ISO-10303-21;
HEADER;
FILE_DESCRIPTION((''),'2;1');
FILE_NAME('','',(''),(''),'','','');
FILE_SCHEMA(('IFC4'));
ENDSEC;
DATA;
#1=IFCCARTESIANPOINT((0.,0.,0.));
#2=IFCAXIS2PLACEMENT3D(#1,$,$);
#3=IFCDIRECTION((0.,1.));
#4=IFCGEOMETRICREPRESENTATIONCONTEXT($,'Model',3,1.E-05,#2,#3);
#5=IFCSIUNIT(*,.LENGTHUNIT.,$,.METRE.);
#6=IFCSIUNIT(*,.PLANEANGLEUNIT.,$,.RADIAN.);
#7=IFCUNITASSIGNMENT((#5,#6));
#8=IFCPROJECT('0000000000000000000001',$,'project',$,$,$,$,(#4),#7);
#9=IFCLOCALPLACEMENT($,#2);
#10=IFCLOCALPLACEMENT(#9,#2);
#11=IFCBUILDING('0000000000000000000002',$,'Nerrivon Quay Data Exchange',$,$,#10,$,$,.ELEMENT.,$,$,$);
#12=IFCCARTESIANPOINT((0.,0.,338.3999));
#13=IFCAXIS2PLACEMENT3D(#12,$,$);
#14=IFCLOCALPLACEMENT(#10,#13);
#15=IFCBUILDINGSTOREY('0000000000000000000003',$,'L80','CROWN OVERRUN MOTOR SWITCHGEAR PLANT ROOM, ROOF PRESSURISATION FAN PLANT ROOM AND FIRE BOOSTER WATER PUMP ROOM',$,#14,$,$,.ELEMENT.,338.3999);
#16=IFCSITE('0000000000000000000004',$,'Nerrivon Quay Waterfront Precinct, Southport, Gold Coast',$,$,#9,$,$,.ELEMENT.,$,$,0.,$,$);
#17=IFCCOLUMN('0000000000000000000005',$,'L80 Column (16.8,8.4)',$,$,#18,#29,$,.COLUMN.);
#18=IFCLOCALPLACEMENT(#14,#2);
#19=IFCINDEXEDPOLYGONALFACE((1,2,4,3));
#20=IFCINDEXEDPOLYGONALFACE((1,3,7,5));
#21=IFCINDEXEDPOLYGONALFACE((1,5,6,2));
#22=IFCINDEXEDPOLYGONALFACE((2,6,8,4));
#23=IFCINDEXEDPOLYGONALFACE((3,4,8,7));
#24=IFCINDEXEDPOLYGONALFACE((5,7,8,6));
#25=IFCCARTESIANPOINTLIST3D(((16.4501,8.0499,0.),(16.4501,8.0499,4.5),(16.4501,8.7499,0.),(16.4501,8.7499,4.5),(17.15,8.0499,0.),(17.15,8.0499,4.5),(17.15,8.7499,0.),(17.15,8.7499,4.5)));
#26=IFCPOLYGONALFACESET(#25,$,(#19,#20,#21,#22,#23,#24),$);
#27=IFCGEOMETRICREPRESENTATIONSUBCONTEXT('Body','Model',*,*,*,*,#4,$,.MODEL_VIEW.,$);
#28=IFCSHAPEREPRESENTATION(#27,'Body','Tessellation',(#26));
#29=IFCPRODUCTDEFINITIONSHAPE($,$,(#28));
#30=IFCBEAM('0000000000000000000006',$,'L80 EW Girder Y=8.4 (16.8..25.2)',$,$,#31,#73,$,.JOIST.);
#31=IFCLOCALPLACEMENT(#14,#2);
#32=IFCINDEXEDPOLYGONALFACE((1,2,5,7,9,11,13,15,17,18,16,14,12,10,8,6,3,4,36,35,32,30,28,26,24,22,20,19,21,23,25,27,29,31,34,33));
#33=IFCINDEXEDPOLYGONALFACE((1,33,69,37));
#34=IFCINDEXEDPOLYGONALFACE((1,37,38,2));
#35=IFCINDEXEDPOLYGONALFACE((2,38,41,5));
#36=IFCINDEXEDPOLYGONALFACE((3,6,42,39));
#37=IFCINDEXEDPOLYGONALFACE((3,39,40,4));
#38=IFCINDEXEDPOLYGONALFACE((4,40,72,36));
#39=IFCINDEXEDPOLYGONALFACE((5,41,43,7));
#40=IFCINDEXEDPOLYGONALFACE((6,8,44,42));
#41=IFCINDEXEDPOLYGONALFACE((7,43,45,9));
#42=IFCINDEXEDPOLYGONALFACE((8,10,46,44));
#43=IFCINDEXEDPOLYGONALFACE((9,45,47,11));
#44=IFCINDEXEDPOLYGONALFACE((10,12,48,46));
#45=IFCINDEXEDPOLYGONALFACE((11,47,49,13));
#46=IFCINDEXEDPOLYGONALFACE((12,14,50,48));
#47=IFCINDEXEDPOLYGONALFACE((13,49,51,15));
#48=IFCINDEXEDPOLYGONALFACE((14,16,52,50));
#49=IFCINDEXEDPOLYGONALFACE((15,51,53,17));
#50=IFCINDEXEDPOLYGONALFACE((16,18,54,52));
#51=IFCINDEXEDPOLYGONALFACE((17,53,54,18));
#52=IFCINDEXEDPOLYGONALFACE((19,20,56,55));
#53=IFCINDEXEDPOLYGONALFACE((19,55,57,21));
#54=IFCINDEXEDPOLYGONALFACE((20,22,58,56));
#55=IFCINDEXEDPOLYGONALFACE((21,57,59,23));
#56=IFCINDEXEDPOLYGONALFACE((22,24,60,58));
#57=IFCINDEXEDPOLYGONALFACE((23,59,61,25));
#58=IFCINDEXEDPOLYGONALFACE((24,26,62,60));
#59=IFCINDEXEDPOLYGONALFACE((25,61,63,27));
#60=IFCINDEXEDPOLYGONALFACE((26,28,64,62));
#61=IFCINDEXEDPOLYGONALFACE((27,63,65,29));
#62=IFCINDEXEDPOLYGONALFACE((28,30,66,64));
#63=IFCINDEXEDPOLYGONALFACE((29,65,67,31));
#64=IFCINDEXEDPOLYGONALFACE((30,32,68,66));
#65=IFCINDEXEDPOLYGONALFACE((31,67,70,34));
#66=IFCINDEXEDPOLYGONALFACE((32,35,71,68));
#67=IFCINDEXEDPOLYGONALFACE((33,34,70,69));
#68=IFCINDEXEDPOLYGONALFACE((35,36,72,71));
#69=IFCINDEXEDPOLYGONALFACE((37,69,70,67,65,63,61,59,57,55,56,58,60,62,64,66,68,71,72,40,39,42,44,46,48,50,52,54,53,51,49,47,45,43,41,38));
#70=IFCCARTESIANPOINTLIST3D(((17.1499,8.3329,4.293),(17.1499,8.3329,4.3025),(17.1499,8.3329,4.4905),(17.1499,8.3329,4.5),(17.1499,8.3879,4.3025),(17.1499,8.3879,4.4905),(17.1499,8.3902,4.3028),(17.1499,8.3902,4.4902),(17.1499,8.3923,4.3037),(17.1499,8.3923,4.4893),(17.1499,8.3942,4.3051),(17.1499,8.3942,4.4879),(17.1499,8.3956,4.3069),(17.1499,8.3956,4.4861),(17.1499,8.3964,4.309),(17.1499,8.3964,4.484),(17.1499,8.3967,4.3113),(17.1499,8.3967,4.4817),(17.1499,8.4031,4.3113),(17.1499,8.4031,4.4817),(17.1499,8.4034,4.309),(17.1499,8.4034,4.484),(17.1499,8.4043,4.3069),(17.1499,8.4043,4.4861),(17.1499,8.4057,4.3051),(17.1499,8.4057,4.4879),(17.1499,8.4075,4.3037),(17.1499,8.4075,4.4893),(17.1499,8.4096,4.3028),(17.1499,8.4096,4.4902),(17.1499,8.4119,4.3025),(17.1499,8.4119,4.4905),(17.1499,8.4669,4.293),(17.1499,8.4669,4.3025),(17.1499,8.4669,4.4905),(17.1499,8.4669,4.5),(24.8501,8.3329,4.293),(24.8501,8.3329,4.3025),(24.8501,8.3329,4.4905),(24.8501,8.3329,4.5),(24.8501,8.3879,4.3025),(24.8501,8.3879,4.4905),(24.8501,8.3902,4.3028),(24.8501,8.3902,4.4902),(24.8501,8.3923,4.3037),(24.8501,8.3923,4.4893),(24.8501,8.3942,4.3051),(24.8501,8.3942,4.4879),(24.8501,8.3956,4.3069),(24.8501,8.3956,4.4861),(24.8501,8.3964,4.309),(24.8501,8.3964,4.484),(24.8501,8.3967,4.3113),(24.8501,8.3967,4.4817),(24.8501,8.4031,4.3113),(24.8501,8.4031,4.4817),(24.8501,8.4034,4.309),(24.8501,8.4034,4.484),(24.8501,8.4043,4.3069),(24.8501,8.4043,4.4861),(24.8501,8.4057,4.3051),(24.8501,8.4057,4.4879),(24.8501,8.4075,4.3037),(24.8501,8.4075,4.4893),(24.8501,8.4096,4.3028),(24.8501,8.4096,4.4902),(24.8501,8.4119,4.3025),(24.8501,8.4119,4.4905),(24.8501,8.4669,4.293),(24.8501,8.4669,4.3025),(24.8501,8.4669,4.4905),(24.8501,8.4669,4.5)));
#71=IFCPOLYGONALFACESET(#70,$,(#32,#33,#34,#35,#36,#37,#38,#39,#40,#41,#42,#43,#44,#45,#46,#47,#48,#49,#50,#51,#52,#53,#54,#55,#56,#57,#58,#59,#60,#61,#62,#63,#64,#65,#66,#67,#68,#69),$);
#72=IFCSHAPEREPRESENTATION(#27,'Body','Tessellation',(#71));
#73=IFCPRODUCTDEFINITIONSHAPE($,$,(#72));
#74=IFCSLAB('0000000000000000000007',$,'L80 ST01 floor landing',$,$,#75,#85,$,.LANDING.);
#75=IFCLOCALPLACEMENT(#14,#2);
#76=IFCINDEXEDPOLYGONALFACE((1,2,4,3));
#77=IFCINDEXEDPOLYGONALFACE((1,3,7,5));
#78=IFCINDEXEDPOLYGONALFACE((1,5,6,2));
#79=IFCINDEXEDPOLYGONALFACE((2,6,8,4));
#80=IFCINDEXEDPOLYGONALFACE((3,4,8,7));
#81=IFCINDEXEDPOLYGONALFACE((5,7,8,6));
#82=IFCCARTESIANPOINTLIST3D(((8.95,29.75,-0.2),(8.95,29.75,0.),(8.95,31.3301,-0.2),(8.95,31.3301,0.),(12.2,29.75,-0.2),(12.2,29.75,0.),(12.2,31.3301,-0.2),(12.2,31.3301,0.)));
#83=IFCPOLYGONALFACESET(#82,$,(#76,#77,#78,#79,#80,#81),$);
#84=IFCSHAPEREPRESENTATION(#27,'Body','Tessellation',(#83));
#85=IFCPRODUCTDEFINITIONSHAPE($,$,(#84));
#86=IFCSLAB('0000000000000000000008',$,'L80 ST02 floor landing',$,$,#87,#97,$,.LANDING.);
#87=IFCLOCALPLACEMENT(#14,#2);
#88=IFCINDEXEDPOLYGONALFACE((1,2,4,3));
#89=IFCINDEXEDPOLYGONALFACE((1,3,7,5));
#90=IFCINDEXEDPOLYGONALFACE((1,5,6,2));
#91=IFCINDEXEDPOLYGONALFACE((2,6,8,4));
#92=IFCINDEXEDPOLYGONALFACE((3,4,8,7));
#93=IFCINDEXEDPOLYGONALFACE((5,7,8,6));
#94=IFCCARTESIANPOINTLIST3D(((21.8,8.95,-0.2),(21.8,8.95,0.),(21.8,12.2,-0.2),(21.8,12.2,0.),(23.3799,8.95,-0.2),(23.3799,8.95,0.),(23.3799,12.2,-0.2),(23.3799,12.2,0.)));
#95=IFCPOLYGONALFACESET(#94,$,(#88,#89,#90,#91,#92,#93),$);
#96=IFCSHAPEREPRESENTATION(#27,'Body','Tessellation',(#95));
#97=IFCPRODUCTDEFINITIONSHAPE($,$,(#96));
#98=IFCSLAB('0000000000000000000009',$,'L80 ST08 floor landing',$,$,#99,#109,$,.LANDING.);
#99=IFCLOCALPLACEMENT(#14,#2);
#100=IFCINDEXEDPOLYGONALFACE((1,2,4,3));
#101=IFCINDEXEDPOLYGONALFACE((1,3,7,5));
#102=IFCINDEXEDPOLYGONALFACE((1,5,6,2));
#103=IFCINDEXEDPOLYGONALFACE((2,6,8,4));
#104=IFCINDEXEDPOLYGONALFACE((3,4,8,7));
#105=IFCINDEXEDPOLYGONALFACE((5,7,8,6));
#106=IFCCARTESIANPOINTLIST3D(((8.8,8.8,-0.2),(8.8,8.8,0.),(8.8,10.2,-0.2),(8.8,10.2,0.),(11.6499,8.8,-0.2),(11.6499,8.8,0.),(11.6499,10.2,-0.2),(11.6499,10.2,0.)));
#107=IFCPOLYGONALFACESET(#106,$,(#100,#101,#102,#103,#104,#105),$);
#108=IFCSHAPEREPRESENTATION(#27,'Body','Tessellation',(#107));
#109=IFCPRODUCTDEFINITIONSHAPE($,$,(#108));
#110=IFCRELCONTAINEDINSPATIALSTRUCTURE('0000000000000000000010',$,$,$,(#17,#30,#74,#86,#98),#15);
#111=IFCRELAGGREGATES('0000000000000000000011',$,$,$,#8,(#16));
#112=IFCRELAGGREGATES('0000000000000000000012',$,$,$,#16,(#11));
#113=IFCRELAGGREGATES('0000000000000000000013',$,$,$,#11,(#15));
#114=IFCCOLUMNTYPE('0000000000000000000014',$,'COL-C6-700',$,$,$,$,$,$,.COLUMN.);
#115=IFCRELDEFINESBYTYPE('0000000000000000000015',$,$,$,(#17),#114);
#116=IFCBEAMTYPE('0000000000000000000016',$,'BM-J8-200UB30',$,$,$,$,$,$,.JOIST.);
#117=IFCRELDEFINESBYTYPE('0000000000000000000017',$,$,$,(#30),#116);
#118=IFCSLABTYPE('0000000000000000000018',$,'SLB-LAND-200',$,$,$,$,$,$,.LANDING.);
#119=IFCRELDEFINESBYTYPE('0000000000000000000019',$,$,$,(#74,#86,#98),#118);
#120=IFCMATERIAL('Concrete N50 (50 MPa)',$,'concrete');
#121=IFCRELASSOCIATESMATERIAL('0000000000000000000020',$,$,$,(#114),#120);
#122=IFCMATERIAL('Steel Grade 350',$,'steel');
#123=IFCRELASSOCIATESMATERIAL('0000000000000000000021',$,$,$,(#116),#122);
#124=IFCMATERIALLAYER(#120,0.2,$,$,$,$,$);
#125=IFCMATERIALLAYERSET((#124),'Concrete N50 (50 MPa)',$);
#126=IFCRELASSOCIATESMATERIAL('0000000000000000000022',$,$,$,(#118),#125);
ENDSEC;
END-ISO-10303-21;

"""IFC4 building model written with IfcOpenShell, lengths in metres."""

from ifc_helpers import new_model, si_unit, direction, frame, origin, origin_2d, place, context, subcontext, project, spatial, polyline, rectangle, i_section, outline, extrude, material, layer, layer_set, material_profile, profile_set, type_object, element, save


model = new_model("IFC4")

# Units and contexts
model_context = context("Model", 3, precision=1e-05, world=origin(), true_north=direction((0.0, 1.0)))
body_context = subcontext(model_context, "Body", "Model", "MODEL_VIEW")
ifc_project = project(units=[si_unit("LENGTHUNIT", "METRE"), si_unit("PLANEANGLEUNIT", "RADIAN")], contexts=[model_context])

# Site, building, storey
site_placement = place(None, origin())
site = spatial("IfcSite", under=ifc_project, at=site_placement, Name="Nerrivon Quay Waterfront Precinct, Southport, Gold Coast", CompositionType="ELEMENT", RefElevation=0.0)
building_placement = place(site_placement, origin())
building = spatial("IfcBuilding", under=site, at=building_placement, Name="Nerrivon Quay Data Exchange", CompositionType="ELEMENT")
storey_placement = place(building_placement, frame((0.0, 0.0, 338.3999)))
storey = spatial("IfcBuildingStorey", under=building, at=storey_placement, Name="L80", Description="CROWN OVERRUN MOTOR SWITCHGEAR PLANT ROOM, ROOF PRESSURISATION FAN PLANT ROOM AND FIRE BOOSTER WATER PUMP ROOM", CompositionType="ELEMENT", Elevation=338.3999)

# Column
ifc_material_1 = material(Name="Concrete N50 (50 MPa)", Category="concrete")
ifc_material_profile_1 = material_profile(ifc_material_1, rectangle(XDim=0.7, YDim=0.7, at=origin_2d()), Name="RC-COL-700x700")
ifc_profile_set_1 = profile_set([ifc_material_profile_1], Name="Concrete N50 (50 MPa)")
column_type = type_object("IfcColumnType", Name="COL-C6-700", PredefinedType="COLUMN", material=ifc_profile_set_1)
column_placement = place(storey_placement, frame((16.8, 8.3999, 0.0), z_axis=(0.0, 0.0, 1.0), x_axis=(1.0, 0.0, 0.0)))
element("IfcColumn", 1, at=column_placement, inside=storey, type_object=column_type, Name="L80 Column (16.8,8.4)", PredefinedType="COLUMN", context=body_context, shape_type="SweptSolid", body=[
    extrude(rectangle(XDim=0.7, YDim=0.7, at=origin_2d()), origin(), (0.0, 0.0, 1.0), 4.5),
])

# Beam
ifc_material_2 = material(Name="Steel Grade 350", Category="steel")
ifc_material_profile_2 = material_profile(ifc_material_2, i_section(OverallWidth=0.134, OverallDepth=0.207, WebThickness=0.0063, FlangeThickness=0.0095, FilletRadius=0.0088, at=origin_2d()), Name="200UB29.8")
ifc_profile_set_2 = profile_set([ifc_material_profile_2], Name="Steel Grade 350")
beam_type = type_object("IfcBeamType", Name="BM-J8-200UB30", PredefinedType="JOIST", material=ifc_profile_set_2)
beam_placement = place(storey_placement, frame((17.1499, 8.3999, 4.3965), z_axis=(1.0, 0.0, 0.0), x_axis=(0.0, 1.0, 0.0)))
element("IfcBeam", 2, at=beam_placement, inside=storey, type_object=beam_type, Name="L80 EW Girder Y=8.4 (16.8..25.2)", PredefinedType="JOIST", context=body_context, shape_type="SweptSolid", body=[
    extrude(i_section(OverallWidth=0.134, OverallDepth=0.207, WebThickness=0.0063, FlangeThickness=0.0095, FilletRadius=0.0088, at=origin_2d()), origin(), (0.0, 0.0, 1.0), 7.7002),
])

# Slabs
ifc_layer_1 = layer(ifc_material_1, 0.2)
ifc_layer_set_1 = layer_set([ifc_layer_1], Name="Concrete N50 (50 MPa)")
slab_type_1 = type_object("IfcSlabType", Name="SLB-LAND-200", PredefinedType="LANDING", material=ifc_layer_set_1)
slab_1_placement = place(storey_placement, frame((0.0, 0.0, -0.2)))
element("IfcSlab", 3, at=slab_1_placement, inside=storey, type_object=slab_type_1, Name="L80 ST01 floor landing", PredefinedType="LANDING", context=body_context, shape_type="SweptSolid", body=[
    extrude(outline(polyline([(12.2, 29.75), (12.2, 31.3301), (8.95, 31.3301), (8.95, 29.75), (12.2, 29.75)])), origin(), (0.0, 0.0, 1.0), 0.2),
])
slab_2_placement = place(storey_placement, frame((0.0, 0.0, -0.2)))
element("IfcSlab", 4, at=slab_2_placement, inside=storey, type_object=slab_type_1, Name="L80 ST02 floor landing", PredefinedType="LANDING", context=body_context, shape_type="SweptSolid", body=[
    extrude(outline(polyline([(21.8, 8.95), (23.3799, 8.95), (23.3799, 12.2), (21.8, 12.2), (21.8, 8.95)])), origin(), (0.0, 0.0, 1.0), 0.2),
])
slab_3_placement = place(storey_placement, frame((0.0, 0.0, -0.2)))
element("IfcSlab", 5, at=slab_3_placement, inside=storey, type_object=slab_type_1, Name="L80 ST08 floor landing", PredefinedType="LANDING", context=body_context, shape_type="SweptSolid", body=[
    extrude(outline(polyline([(11.6499, 8.8), (11.6499, 10.2), (8.8, 10.2), (8.8, 8.8), (11.6499, 8.8)])), origin(), (0.0, 0.0, 1.0), 0.2),
])

save(model, "model.ifc")
